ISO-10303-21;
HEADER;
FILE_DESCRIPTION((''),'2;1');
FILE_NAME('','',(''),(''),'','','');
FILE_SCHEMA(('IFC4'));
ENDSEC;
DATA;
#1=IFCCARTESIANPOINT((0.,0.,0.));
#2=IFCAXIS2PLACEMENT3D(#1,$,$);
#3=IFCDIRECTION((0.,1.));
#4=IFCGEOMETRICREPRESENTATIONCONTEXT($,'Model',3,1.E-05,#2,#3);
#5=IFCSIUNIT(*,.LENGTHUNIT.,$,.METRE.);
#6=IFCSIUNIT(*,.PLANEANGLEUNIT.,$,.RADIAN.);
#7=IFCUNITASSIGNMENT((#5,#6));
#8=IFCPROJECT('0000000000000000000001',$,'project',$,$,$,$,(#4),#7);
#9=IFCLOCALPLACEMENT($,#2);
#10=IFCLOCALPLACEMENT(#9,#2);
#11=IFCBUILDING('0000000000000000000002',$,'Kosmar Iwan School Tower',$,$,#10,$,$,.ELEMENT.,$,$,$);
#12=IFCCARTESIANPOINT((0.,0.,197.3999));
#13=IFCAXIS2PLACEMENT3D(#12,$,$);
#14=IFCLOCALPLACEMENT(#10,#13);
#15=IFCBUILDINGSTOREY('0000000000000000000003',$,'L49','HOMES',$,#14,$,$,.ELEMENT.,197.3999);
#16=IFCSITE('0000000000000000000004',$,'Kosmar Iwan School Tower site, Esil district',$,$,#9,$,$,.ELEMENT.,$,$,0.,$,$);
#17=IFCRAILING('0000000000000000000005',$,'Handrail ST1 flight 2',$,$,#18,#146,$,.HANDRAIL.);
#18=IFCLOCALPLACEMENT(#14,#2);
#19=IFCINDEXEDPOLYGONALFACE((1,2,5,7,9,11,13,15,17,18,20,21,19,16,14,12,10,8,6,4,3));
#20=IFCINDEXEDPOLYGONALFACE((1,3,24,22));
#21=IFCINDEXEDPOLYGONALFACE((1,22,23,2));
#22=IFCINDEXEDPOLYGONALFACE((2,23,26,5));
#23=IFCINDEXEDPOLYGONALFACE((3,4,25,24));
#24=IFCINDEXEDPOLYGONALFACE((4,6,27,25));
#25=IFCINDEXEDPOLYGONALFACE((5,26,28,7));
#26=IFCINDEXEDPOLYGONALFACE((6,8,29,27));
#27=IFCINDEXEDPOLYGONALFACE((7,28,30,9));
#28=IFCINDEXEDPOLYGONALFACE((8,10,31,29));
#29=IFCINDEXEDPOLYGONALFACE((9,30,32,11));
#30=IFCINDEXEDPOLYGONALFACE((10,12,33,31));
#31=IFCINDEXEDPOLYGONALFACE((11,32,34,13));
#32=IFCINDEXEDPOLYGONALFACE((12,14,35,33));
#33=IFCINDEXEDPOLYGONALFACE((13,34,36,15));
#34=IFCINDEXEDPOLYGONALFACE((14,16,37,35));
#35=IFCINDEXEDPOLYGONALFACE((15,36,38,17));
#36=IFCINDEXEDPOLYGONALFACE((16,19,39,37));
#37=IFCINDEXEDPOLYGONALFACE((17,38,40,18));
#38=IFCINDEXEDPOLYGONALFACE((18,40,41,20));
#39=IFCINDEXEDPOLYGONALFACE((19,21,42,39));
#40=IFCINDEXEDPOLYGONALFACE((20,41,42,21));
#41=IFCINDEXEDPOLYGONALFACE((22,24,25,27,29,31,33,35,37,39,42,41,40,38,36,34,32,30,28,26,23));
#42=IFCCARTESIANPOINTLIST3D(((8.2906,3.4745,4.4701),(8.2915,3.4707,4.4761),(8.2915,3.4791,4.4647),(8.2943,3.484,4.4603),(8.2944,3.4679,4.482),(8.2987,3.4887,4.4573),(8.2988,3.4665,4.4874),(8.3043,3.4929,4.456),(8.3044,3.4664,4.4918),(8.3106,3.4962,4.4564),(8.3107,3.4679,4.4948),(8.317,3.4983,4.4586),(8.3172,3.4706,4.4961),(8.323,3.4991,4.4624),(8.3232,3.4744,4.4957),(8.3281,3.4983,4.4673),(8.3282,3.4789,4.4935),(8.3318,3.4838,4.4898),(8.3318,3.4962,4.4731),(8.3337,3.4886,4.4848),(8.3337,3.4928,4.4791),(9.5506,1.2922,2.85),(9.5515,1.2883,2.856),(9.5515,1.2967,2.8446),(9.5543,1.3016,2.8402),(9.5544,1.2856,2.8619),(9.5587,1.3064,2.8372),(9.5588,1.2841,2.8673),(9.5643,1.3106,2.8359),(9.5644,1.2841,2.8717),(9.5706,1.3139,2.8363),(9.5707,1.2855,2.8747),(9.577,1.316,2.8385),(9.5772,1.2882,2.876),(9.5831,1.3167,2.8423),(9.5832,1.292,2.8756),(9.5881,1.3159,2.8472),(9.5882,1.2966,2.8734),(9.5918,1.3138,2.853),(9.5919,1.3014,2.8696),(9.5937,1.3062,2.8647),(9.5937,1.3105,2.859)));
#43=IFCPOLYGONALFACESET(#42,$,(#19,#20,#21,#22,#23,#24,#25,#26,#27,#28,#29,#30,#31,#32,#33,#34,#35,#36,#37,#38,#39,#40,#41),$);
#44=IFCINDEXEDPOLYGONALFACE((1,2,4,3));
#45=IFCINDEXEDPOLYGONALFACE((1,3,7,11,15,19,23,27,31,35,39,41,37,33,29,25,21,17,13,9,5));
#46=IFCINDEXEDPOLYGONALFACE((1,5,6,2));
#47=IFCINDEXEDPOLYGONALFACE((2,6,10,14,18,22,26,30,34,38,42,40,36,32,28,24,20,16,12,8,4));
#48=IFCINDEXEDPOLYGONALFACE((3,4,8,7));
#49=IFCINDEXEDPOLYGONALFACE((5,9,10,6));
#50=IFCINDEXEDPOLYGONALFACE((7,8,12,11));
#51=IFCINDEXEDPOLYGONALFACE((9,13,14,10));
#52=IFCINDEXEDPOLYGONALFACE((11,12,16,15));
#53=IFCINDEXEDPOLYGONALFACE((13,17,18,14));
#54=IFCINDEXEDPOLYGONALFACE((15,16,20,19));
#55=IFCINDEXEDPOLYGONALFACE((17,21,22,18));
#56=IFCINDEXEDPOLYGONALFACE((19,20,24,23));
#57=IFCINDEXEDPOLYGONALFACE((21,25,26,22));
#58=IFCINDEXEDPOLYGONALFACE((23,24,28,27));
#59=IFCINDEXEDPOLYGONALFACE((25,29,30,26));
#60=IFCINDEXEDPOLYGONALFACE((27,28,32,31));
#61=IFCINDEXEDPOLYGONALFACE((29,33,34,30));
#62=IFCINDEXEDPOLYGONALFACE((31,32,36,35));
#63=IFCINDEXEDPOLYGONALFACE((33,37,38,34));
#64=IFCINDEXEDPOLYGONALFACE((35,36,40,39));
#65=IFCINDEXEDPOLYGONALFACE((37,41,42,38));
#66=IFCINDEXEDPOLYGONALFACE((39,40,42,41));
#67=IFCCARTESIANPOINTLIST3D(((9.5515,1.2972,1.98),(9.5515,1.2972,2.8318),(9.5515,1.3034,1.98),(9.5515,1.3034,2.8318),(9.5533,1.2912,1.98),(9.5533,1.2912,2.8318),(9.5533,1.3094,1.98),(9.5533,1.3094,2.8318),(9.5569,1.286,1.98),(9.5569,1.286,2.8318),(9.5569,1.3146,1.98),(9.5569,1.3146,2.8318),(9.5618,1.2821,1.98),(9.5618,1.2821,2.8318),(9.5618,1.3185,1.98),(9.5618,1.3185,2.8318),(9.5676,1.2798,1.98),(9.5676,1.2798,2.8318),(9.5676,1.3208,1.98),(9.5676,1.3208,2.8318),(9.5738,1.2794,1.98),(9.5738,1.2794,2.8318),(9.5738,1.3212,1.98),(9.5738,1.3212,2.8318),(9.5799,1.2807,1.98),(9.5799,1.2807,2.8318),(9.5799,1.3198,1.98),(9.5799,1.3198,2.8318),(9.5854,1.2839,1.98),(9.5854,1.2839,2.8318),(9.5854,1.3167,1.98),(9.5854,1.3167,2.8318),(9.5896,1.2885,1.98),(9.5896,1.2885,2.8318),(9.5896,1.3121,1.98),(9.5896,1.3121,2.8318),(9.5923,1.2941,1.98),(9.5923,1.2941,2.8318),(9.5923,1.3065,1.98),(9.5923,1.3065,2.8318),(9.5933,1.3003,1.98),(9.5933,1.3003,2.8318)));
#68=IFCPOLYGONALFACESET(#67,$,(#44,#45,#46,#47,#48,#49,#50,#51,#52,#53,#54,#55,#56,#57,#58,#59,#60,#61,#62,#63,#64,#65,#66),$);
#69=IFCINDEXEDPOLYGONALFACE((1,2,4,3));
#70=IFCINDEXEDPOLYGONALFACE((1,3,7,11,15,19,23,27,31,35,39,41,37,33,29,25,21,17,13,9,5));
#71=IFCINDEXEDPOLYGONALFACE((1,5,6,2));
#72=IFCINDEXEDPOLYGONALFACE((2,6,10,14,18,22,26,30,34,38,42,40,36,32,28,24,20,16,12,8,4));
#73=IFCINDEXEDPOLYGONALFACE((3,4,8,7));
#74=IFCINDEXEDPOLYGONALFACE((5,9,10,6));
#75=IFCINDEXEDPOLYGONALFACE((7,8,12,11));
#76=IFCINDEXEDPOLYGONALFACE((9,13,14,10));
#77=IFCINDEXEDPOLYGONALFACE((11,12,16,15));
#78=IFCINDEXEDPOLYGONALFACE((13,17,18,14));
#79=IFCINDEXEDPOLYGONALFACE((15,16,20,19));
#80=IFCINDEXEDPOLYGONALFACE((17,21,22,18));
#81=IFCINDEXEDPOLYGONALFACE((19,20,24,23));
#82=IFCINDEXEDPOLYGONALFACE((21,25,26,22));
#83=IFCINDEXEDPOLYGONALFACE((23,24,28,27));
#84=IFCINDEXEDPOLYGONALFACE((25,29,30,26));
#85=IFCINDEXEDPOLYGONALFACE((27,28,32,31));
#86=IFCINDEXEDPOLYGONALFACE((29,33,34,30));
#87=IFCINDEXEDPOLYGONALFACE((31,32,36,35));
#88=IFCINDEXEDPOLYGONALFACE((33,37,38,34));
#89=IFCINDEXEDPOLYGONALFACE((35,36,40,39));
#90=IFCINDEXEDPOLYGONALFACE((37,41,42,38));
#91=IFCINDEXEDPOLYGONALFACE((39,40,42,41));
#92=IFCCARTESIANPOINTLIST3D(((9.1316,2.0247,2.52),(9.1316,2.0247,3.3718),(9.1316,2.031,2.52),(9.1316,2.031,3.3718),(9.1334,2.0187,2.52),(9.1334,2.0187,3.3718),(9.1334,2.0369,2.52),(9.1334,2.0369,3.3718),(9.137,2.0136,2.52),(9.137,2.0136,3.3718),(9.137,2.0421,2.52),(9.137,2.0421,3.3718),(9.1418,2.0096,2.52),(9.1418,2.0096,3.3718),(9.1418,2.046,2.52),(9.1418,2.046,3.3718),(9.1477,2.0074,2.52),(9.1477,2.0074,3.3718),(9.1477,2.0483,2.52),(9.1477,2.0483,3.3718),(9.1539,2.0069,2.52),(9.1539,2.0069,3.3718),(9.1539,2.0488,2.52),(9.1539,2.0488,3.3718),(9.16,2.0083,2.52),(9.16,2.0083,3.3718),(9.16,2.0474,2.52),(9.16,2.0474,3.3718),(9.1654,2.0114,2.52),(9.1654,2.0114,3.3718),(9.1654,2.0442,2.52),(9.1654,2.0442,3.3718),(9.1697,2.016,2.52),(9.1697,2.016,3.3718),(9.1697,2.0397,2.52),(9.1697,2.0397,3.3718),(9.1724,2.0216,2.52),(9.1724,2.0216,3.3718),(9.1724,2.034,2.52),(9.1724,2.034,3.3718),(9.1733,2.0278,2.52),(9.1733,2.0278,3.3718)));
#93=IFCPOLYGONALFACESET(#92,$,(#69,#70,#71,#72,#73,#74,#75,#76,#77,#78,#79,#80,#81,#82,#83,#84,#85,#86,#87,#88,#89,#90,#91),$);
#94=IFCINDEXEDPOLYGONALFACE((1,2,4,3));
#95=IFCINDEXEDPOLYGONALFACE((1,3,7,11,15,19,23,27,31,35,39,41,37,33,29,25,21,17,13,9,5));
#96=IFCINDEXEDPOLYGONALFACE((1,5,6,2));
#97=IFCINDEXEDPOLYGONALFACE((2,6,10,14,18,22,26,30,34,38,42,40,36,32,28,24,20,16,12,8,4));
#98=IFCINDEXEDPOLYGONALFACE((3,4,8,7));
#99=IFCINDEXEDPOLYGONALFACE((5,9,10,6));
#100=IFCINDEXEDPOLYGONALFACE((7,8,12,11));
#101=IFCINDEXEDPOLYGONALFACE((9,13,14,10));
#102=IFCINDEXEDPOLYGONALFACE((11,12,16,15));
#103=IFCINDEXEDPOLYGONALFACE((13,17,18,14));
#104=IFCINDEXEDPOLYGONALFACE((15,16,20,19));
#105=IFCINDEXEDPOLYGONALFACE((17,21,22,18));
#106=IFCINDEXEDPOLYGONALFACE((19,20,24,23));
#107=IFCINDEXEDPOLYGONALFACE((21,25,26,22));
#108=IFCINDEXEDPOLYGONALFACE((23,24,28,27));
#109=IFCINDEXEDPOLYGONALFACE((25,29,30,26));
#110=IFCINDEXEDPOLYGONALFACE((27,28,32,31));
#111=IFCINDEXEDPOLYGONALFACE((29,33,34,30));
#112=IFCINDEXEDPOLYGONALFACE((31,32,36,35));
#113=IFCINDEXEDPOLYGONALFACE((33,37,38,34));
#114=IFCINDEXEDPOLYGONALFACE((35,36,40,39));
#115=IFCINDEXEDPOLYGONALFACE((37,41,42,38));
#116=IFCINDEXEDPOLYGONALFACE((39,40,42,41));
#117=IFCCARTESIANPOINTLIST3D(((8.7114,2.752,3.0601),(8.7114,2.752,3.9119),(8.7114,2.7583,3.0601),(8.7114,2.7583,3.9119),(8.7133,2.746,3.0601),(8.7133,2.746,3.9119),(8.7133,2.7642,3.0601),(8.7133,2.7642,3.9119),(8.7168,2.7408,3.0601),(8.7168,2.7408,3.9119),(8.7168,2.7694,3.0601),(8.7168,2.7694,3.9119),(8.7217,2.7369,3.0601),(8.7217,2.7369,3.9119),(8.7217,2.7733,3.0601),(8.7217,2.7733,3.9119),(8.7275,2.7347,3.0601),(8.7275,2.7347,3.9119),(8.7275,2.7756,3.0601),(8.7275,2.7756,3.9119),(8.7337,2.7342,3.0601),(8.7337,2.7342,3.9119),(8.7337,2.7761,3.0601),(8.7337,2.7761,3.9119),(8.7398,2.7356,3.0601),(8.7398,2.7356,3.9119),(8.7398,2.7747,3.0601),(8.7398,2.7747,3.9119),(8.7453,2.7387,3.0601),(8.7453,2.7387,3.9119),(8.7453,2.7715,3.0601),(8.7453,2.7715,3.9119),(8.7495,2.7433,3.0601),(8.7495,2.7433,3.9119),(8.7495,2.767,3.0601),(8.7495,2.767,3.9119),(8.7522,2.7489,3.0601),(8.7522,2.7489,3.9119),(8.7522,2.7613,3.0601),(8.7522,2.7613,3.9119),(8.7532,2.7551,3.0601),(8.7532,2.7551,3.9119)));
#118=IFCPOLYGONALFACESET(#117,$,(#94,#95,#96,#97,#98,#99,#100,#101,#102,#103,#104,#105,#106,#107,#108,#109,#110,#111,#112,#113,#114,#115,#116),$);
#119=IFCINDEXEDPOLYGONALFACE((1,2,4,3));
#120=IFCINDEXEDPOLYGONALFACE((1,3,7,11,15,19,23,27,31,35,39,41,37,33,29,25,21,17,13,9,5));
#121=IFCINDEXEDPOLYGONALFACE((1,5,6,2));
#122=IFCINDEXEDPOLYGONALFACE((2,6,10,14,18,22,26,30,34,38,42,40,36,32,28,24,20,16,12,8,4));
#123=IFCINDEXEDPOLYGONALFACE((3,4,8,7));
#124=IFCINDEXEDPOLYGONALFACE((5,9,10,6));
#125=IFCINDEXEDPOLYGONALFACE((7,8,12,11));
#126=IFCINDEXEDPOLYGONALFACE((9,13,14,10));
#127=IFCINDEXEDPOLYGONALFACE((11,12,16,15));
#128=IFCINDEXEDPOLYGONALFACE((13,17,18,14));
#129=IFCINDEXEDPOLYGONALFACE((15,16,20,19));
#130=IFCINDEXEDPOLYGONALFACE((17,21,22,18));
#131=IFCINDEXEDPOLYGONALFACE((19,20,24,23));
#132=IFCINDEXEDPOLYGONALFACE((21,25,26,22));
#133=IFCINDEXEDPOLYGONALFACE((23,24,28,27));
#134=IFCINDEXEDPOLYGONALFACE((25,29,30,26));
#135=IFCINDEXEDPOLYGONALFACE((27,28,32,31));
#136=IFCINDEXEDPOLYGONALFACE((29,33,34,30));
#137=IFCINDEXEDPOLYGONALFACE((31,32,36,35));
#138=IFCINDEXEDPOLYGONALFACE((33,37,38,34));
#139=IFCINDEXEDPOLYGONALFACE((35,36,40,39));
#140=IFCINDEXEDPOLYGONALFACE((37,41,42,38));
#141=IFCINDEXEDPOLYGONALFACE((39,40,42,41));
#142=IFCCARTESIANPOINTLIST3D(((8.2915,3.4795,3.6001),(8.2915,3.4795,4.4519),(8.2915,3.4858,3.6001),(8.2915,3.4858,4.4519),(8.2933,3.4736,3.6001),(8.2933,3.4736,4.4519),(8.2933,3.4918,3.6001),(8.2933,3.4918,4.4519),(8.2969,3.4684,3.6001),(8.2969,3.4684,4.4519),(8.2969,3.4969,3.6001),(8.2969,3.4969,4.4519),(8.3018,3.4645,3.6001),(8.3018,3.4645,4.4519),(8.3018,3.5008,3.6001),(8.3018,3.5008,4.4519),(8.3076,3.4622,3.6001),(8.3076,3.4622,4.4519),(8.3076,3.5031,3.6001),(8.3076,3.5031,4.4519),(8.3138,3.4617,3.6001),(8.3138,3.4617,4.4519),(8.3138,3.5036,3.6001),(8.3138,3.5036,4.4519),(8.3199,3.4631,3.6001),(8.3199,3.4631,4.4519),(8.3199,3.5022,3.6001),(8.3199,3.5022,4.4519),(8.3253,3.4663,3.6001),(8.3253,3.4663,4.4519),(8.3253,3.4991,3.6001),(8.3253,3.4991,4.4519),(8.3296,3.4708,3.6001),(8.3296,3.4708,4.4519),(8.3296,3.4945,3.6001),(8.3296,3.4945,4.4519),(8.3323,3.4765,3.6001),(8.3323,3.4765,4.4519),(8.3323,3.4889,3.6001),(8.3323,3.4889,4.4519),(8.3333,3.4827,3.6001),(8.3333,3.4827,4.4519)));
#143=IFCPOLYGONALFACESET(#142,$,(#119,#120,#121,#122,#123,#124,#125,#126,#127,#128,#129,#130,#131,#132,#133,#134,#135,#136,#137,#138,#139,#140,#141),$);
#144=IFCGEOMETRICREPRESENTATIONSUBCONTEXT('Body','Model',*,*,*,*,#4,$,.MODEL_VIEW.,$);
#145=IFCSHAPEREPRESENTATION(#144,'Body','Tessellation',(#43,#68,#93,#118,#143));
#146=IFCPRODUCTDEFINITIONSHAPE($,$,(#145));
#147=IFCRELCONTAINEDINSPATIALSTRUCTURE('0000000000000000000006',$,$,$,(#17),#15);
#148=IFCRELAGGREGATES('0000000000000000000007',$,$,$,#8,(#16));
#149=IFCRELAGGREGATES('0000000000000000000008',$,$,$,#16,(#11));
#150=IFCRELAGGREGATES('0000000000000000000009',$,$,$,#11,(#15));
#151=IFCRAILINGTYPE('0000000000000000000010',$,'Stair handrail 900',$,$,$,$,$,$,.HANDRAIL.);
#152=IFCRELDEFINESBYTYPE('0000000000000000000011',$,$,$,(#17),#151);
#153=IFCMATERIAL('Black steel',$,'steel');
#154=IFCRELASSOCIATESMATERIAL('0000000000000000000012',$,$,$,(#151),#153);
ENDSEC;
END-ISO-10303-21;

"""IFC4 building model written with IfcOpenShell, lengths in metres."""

from ifc_helpers import new_model, si_unit, direction, frame, origin, origin_2d, place, context, subcontext, project, spatial, circle, extrude, material, type_object, element, save


model = new_model("IFC4")

# Units and contexts
model_context = context("Model", 3, precision=1e-05, world=origin(), true_north=direction((0.0, 1.0)))
body_context = subcontext(model_context, "Body", "Model", "MODEL_VIEW")
ifc_project = project(units=[si_unit("LENGTHUNIT", "METRE"), si_unit("PLANEANGLEUNIT", "RADIAN")], contexts=[model_context])

# Site, building, storey
site_placement = place(None, origin())
site = spatial("IfcSite", under=ifc_project, at=site_placement, Name="Kosmar Iwan School Tower site, Esil district", CompositionType="ELEMENT", RefElevation=0.0)
building_placement = place(site_placement, origin())
building = spatial("IfcBuilding", under=site, at=building_placement, Name="Kosmar Iwan School Tower", CompositionType="ELEMENT")
storey_placement = place(building_placement, frame((0.0, 0.0, 197.3999)))
storey = spatial("IfcBuildingStorey", under=building, at=storey_placement, Name="L49", Description="HOMES", CompositionType="ELEMENT", Elevation=197.3999)

# Railing
ifc_material_1 = material(Name="Black steel", Category="steel")
railing_type = type_object("IfcRailingType", Name="Stair handrail 900", PredefinedType="HANDRAIL", material=ifc_material_1)
railing_1_placement = place(storey_placement, frame((9.5723, 1.3003, 1.98)))
element("IfcRailing", 1, at=railing_1_placement, inside=storey, type_object=railing_type, Name="Handrail ST1 flight 2", PredefinedType="HANDRAIL", context=body_context, shape_type="SweptSolid", body=[
    extrude(circle(Radius=0.0239, at=origin_2d()), frame((0.0, 0.0, 0.876), z_axis=(-0.420584, 0.728464, 0.540786), x_axis=(-0.866023, -0.500005, 0.0)), (0.0, 0.0, 1.0), 2.9958),
    extrude(circle(Radius=0.021, at=origin_2d()), origin(), (0.0, 0.0, 1.0), 0.8518),
    extrude(circle(Radius=0.021, at=origin_2d()), frame((-0.4199, 0.7275, 0.54)), (0.0, 0.0, 1.0), 0.8518),
    extrude(circle(Radius=0.021, at=origin_2d()), frame((-0.8401, 1.4548, 1.0801)), (0.0, 0.0, 1.0), 0.8518),
    extrude(circle(Radius=0.021, at=origin_2d()), frame((-1.26, 2.1824, 1.6201)), (0.0, 0.0, 1.0), 0.8518),
])

save(model, "model.ifc")
